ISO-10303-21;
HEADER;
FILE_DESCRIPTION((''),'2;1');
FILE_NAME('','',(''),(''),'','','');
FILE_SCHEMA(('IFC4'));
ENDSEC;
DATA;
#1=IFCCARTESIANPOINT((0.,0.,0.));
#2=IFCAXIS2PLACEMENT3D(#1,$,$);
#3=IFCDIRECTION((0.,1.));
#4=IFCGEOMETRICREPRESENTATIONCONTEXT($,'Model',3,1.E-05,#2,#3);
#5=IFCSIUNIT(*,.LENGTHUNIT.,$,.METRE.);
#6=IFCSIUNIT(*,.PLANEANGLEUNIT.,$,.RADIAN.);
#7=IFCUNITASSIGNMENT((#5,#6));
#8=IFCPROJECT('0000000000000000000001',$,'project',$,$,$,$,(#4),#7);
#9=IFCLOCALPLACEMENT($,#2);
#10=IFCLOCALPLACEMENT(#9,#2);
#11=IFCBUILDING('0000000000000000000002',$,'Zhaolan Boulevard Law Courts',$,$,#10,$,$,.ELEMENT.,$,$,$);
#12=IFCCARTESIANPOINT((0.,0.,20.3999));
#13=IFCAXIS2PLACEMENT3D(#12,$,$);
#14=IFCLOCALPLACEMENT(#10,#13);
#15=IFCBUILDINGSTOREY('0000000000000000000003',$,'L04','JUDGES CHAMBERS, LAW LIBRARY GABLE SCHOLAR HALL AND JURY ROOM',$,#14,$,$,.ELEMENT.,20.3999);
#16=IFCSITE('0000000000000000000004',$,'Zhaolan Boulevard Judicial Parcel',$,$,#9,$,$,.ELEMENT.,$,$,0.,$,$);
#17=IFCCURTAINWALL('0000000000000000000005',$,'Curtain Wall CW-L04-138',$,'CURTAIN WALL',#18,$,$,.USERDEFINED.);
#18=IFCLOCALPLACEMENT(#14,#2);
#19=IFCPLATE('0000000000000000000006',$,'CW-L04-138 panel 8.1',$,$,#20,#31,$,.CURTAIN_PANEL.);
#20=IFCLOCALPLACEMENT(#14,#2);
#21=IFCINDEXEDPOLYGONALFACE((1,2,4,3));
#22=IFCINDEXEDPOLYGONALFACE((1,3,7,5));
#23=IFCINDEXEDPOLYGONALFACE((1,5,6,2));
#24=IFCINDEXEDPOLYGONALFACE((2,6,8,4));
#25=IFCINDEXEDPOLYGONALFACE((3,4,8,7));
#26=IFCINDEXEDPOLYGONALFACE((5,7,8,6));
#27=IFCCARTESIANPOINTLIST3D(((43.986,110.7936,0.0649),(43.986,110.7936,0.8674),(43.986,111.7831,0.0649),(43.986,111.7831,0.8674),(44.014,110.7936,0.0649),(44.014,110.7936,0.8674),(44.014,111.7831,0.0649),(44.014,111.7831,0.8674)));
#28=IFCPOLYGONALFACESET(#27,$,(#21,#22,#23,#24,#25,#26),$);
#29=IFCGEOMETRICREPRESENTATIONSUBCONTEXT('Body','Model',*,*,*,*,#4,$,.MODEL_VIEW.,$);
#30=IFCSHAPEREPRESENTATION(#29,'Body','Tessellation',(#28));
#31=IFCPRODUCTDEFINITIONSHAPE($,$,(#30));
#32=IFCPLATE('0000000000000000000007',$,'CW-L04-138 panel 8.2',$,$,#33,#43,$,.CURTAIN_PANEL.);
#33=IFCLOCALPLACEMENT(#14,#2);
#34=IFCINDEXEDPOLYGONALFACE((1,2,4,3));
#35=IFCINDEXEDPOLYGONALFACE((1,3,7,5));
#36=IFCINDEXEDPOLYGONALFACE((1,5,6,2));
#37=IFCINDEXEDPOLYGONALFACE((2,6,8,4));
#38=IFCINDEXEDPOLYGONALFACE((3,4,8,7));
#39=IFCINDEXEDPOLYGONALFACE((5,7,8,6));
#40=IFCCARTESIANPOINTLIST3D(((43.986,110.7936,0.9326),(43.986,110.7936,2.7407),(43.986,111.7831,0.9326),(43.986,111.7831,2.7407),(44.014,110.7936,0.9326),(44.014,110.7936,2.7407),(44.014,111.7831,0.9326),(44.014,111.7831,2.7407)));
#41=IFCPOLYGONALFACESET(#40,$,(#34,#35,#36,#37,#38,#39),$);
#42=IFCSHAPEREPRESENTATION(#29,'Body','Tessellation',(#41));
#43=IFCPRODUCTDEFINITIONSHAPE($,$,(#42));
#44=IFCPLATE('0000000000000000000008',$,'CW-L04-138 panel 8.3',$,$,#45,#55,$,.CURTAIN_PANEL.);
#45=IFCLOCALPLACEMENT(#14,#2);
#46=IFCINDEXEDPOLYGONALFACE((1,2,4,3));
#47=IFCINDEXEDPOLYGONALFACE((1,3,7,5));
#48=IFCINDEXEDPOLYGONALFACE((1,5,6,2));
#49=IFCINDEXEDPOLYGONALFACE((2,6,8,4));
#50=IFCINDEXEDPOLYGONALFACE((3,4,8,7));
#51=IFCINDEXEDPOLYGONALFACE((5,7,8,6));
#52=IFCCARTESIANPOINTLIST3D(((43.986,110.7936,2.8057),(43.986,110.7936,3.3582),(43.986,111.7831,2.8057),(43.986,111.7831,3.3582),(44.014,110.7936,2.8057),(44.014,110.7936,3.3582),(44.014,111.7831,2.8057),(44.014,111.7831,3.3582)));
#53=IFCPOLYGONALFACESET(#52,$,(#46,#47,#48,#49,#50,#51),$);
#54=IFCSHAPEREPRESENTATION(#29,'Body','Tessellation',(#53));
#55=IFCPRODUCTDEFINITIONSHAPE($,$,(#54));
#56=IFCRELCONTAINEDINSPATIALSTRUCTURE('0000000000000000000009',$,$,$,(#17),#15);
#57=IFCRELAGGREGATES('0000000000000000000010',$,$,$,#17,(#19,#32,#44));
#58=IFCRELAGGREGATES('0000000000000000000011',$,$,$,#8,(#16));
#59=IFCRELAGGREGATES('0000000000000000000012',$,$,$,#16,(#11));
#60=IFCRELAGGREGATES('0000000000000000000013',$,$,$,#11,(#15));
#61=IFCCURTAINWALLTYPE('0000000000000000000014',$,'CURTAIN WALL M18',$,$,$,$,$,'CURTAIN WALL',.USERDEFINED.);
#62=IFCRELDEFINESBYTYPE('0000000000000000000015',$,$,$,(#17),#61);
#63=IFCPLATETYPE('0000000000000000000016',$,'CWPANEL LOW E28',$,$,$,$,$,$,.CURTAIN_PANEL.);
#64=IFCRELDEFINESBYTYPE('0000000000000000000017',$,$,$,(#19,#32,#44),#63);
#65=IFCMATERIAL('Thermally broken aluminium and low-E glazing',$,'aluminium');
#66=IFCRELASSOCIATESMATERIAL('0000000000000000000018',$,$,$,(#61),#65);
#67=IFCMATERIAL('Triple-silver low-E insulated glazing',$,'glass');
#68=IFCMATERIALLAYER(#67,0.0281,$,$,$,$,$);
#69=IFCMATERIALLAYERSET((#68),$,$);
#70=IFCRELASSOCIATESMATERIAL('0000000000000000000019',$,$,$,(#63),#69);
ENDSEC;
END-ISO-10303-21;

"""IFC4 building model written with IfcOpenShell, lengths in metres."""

from ifc_helpers import new_model, si_unit, direction, frame, origin, origin_2d, place, context, subcontext, project, spatial, rectangle, extrude, material, layer, layer_set, type_object, element, aggregate, save


model = new_model("IFC4")

# Units and contexts
model_context = context("Model", 3, precision=1e-05, world=origin(), true_north=direction((0.0, 1.0)))
body_context = subcontext(model_context, "Body", "Model", "MODEL_VIEW")
ifc_project = project(units=[si_unit("LENGTHUNIT", "METRE"), si_unit("PLANEANGLEUNIT", "RADIAN")], contexts=[model_context])

# Site, building, storey
site_placement = place(None, origin())
site = spatial("IfcSite", under=ifc_project, at=site_placement, Name="Zhaolan Boulevard Judicial Parcel", CompositionType="ELEMENT", RefElevation=0.0)
building_placement = place(site_placement, origin())
building = spatial("IfcBuilding", under=site, at=building_placement, Name="Zhaolan Boulevard Law Courts", CompositionType="ELEMENT")
storey_placement = place(building_placement, frame((0.0, 0.0, 20.3999)))
storey = spatial("IfcBuildingStorey", under=building, at=storey_placement, Name="L04", Description="JUDGES CHAMBERS, LAW LIBRARY GABLE SCHOLAR HALL AND JURY ROOM", CompositionType="ELEMENT", Elevation=20.3999)

# Curtain wall, plates
ifc_material_1 = material(Name="Thermally broken aluminium and low-E glazing", Category="aluminium")
curtain_wall_type = type_object("IfcCurtainWallType", Name="CURTAIN WALL M18", ElementType="CURTAIN WALL", PredefinedType="USERDEFINED", material=ifc_material_1)
curtain_wall_placement = place(storey_placement, origin())
curtain_wall = element("IfcCurtainWall", 1, at=curtain_wall_placement, inside=storey, type_object=curtain_wall_type, Name="Curtain Wall CW-L04-138", ObjectType="CURTAIN WALL", PredefinedType="USERDEFINED")
ifc_material_2 = material(Name="Triple-silver low-E insulated glazing", Category="glass")
ifc_layer = layer(ifc_material_2, 0.0281)
ifc_layer_set = layer_set([ifc_layer])
plate_type = type_object("IfcPlateType", Name="CWPANEL LOW E28", PredefinedType="CURTAIN_PANEL", material=ifc_layer_set)
plate_1_placement = place(storey_placement, frame((44.0, 111.2883, 0.0649), z_axis=(0.0, 0.0, 1.0), x_axis=(0.0, 1.0, 0.0)))
plate_1 = element("IfcPlate", 2, at=plate_1_placement, type_object=plate_type, Name="CW-L04-138 panel 8.1", PredefinedType="CURTAIN_PANEL", context=body_context, shape_type="SweptSolid", body=[
    extrude(rectangle(XDim=0.9895, YDim=0.0281, at=origin_2d()), origin(), (0.0, 0.0, 1.0), 0.8025),
])
plate_2_placement = place(storey_placement, frame((44.0, 111.2883, 0.9326), z_axis=(0.0, 0.0, 1.0), x_axis=(0.0, 1.0, 0.0)))
plate_2 = element("IfcPlate", 3, at=plate_2_placement, type_object=plate_type, Name="CW-L04-138 panel 8.2", PredefinedType="CURTAIN_PANEL", context=body_context, shape_type="SweptSolid", body=[
    extrude(rectangle(XDim=0.9895, YDim=0.0281, at=origin_2d()), origin(), (0.0, 0.0, 1.0), 1.8081),
])
plate_3_placement = place(storey_placement, frame((44.0, 111.2883, 2.8057), z_axis=(0.0, 0.0, 1.0), x_axis=(0.0, 1.0, 0.0)))
plate_3 = element("IfcPlate", 4, at=plate_3_placement, type_object=plate_type, Name="CW-L04-138 panel 8.3", PredefinedType="CURTAIN_PANEL", context=body_context, shape_type="SweptSolid", body=[
    extrude(rectangle(XDim=0.9895, YDim=0.0281, at=origin_2d()), origin(), (0.0, 0.0, 1.0), 0.5525),
])
aggregate(curtain_wall, [plate_1, plate_2, plate_3])

save(model, "model.ifc")
